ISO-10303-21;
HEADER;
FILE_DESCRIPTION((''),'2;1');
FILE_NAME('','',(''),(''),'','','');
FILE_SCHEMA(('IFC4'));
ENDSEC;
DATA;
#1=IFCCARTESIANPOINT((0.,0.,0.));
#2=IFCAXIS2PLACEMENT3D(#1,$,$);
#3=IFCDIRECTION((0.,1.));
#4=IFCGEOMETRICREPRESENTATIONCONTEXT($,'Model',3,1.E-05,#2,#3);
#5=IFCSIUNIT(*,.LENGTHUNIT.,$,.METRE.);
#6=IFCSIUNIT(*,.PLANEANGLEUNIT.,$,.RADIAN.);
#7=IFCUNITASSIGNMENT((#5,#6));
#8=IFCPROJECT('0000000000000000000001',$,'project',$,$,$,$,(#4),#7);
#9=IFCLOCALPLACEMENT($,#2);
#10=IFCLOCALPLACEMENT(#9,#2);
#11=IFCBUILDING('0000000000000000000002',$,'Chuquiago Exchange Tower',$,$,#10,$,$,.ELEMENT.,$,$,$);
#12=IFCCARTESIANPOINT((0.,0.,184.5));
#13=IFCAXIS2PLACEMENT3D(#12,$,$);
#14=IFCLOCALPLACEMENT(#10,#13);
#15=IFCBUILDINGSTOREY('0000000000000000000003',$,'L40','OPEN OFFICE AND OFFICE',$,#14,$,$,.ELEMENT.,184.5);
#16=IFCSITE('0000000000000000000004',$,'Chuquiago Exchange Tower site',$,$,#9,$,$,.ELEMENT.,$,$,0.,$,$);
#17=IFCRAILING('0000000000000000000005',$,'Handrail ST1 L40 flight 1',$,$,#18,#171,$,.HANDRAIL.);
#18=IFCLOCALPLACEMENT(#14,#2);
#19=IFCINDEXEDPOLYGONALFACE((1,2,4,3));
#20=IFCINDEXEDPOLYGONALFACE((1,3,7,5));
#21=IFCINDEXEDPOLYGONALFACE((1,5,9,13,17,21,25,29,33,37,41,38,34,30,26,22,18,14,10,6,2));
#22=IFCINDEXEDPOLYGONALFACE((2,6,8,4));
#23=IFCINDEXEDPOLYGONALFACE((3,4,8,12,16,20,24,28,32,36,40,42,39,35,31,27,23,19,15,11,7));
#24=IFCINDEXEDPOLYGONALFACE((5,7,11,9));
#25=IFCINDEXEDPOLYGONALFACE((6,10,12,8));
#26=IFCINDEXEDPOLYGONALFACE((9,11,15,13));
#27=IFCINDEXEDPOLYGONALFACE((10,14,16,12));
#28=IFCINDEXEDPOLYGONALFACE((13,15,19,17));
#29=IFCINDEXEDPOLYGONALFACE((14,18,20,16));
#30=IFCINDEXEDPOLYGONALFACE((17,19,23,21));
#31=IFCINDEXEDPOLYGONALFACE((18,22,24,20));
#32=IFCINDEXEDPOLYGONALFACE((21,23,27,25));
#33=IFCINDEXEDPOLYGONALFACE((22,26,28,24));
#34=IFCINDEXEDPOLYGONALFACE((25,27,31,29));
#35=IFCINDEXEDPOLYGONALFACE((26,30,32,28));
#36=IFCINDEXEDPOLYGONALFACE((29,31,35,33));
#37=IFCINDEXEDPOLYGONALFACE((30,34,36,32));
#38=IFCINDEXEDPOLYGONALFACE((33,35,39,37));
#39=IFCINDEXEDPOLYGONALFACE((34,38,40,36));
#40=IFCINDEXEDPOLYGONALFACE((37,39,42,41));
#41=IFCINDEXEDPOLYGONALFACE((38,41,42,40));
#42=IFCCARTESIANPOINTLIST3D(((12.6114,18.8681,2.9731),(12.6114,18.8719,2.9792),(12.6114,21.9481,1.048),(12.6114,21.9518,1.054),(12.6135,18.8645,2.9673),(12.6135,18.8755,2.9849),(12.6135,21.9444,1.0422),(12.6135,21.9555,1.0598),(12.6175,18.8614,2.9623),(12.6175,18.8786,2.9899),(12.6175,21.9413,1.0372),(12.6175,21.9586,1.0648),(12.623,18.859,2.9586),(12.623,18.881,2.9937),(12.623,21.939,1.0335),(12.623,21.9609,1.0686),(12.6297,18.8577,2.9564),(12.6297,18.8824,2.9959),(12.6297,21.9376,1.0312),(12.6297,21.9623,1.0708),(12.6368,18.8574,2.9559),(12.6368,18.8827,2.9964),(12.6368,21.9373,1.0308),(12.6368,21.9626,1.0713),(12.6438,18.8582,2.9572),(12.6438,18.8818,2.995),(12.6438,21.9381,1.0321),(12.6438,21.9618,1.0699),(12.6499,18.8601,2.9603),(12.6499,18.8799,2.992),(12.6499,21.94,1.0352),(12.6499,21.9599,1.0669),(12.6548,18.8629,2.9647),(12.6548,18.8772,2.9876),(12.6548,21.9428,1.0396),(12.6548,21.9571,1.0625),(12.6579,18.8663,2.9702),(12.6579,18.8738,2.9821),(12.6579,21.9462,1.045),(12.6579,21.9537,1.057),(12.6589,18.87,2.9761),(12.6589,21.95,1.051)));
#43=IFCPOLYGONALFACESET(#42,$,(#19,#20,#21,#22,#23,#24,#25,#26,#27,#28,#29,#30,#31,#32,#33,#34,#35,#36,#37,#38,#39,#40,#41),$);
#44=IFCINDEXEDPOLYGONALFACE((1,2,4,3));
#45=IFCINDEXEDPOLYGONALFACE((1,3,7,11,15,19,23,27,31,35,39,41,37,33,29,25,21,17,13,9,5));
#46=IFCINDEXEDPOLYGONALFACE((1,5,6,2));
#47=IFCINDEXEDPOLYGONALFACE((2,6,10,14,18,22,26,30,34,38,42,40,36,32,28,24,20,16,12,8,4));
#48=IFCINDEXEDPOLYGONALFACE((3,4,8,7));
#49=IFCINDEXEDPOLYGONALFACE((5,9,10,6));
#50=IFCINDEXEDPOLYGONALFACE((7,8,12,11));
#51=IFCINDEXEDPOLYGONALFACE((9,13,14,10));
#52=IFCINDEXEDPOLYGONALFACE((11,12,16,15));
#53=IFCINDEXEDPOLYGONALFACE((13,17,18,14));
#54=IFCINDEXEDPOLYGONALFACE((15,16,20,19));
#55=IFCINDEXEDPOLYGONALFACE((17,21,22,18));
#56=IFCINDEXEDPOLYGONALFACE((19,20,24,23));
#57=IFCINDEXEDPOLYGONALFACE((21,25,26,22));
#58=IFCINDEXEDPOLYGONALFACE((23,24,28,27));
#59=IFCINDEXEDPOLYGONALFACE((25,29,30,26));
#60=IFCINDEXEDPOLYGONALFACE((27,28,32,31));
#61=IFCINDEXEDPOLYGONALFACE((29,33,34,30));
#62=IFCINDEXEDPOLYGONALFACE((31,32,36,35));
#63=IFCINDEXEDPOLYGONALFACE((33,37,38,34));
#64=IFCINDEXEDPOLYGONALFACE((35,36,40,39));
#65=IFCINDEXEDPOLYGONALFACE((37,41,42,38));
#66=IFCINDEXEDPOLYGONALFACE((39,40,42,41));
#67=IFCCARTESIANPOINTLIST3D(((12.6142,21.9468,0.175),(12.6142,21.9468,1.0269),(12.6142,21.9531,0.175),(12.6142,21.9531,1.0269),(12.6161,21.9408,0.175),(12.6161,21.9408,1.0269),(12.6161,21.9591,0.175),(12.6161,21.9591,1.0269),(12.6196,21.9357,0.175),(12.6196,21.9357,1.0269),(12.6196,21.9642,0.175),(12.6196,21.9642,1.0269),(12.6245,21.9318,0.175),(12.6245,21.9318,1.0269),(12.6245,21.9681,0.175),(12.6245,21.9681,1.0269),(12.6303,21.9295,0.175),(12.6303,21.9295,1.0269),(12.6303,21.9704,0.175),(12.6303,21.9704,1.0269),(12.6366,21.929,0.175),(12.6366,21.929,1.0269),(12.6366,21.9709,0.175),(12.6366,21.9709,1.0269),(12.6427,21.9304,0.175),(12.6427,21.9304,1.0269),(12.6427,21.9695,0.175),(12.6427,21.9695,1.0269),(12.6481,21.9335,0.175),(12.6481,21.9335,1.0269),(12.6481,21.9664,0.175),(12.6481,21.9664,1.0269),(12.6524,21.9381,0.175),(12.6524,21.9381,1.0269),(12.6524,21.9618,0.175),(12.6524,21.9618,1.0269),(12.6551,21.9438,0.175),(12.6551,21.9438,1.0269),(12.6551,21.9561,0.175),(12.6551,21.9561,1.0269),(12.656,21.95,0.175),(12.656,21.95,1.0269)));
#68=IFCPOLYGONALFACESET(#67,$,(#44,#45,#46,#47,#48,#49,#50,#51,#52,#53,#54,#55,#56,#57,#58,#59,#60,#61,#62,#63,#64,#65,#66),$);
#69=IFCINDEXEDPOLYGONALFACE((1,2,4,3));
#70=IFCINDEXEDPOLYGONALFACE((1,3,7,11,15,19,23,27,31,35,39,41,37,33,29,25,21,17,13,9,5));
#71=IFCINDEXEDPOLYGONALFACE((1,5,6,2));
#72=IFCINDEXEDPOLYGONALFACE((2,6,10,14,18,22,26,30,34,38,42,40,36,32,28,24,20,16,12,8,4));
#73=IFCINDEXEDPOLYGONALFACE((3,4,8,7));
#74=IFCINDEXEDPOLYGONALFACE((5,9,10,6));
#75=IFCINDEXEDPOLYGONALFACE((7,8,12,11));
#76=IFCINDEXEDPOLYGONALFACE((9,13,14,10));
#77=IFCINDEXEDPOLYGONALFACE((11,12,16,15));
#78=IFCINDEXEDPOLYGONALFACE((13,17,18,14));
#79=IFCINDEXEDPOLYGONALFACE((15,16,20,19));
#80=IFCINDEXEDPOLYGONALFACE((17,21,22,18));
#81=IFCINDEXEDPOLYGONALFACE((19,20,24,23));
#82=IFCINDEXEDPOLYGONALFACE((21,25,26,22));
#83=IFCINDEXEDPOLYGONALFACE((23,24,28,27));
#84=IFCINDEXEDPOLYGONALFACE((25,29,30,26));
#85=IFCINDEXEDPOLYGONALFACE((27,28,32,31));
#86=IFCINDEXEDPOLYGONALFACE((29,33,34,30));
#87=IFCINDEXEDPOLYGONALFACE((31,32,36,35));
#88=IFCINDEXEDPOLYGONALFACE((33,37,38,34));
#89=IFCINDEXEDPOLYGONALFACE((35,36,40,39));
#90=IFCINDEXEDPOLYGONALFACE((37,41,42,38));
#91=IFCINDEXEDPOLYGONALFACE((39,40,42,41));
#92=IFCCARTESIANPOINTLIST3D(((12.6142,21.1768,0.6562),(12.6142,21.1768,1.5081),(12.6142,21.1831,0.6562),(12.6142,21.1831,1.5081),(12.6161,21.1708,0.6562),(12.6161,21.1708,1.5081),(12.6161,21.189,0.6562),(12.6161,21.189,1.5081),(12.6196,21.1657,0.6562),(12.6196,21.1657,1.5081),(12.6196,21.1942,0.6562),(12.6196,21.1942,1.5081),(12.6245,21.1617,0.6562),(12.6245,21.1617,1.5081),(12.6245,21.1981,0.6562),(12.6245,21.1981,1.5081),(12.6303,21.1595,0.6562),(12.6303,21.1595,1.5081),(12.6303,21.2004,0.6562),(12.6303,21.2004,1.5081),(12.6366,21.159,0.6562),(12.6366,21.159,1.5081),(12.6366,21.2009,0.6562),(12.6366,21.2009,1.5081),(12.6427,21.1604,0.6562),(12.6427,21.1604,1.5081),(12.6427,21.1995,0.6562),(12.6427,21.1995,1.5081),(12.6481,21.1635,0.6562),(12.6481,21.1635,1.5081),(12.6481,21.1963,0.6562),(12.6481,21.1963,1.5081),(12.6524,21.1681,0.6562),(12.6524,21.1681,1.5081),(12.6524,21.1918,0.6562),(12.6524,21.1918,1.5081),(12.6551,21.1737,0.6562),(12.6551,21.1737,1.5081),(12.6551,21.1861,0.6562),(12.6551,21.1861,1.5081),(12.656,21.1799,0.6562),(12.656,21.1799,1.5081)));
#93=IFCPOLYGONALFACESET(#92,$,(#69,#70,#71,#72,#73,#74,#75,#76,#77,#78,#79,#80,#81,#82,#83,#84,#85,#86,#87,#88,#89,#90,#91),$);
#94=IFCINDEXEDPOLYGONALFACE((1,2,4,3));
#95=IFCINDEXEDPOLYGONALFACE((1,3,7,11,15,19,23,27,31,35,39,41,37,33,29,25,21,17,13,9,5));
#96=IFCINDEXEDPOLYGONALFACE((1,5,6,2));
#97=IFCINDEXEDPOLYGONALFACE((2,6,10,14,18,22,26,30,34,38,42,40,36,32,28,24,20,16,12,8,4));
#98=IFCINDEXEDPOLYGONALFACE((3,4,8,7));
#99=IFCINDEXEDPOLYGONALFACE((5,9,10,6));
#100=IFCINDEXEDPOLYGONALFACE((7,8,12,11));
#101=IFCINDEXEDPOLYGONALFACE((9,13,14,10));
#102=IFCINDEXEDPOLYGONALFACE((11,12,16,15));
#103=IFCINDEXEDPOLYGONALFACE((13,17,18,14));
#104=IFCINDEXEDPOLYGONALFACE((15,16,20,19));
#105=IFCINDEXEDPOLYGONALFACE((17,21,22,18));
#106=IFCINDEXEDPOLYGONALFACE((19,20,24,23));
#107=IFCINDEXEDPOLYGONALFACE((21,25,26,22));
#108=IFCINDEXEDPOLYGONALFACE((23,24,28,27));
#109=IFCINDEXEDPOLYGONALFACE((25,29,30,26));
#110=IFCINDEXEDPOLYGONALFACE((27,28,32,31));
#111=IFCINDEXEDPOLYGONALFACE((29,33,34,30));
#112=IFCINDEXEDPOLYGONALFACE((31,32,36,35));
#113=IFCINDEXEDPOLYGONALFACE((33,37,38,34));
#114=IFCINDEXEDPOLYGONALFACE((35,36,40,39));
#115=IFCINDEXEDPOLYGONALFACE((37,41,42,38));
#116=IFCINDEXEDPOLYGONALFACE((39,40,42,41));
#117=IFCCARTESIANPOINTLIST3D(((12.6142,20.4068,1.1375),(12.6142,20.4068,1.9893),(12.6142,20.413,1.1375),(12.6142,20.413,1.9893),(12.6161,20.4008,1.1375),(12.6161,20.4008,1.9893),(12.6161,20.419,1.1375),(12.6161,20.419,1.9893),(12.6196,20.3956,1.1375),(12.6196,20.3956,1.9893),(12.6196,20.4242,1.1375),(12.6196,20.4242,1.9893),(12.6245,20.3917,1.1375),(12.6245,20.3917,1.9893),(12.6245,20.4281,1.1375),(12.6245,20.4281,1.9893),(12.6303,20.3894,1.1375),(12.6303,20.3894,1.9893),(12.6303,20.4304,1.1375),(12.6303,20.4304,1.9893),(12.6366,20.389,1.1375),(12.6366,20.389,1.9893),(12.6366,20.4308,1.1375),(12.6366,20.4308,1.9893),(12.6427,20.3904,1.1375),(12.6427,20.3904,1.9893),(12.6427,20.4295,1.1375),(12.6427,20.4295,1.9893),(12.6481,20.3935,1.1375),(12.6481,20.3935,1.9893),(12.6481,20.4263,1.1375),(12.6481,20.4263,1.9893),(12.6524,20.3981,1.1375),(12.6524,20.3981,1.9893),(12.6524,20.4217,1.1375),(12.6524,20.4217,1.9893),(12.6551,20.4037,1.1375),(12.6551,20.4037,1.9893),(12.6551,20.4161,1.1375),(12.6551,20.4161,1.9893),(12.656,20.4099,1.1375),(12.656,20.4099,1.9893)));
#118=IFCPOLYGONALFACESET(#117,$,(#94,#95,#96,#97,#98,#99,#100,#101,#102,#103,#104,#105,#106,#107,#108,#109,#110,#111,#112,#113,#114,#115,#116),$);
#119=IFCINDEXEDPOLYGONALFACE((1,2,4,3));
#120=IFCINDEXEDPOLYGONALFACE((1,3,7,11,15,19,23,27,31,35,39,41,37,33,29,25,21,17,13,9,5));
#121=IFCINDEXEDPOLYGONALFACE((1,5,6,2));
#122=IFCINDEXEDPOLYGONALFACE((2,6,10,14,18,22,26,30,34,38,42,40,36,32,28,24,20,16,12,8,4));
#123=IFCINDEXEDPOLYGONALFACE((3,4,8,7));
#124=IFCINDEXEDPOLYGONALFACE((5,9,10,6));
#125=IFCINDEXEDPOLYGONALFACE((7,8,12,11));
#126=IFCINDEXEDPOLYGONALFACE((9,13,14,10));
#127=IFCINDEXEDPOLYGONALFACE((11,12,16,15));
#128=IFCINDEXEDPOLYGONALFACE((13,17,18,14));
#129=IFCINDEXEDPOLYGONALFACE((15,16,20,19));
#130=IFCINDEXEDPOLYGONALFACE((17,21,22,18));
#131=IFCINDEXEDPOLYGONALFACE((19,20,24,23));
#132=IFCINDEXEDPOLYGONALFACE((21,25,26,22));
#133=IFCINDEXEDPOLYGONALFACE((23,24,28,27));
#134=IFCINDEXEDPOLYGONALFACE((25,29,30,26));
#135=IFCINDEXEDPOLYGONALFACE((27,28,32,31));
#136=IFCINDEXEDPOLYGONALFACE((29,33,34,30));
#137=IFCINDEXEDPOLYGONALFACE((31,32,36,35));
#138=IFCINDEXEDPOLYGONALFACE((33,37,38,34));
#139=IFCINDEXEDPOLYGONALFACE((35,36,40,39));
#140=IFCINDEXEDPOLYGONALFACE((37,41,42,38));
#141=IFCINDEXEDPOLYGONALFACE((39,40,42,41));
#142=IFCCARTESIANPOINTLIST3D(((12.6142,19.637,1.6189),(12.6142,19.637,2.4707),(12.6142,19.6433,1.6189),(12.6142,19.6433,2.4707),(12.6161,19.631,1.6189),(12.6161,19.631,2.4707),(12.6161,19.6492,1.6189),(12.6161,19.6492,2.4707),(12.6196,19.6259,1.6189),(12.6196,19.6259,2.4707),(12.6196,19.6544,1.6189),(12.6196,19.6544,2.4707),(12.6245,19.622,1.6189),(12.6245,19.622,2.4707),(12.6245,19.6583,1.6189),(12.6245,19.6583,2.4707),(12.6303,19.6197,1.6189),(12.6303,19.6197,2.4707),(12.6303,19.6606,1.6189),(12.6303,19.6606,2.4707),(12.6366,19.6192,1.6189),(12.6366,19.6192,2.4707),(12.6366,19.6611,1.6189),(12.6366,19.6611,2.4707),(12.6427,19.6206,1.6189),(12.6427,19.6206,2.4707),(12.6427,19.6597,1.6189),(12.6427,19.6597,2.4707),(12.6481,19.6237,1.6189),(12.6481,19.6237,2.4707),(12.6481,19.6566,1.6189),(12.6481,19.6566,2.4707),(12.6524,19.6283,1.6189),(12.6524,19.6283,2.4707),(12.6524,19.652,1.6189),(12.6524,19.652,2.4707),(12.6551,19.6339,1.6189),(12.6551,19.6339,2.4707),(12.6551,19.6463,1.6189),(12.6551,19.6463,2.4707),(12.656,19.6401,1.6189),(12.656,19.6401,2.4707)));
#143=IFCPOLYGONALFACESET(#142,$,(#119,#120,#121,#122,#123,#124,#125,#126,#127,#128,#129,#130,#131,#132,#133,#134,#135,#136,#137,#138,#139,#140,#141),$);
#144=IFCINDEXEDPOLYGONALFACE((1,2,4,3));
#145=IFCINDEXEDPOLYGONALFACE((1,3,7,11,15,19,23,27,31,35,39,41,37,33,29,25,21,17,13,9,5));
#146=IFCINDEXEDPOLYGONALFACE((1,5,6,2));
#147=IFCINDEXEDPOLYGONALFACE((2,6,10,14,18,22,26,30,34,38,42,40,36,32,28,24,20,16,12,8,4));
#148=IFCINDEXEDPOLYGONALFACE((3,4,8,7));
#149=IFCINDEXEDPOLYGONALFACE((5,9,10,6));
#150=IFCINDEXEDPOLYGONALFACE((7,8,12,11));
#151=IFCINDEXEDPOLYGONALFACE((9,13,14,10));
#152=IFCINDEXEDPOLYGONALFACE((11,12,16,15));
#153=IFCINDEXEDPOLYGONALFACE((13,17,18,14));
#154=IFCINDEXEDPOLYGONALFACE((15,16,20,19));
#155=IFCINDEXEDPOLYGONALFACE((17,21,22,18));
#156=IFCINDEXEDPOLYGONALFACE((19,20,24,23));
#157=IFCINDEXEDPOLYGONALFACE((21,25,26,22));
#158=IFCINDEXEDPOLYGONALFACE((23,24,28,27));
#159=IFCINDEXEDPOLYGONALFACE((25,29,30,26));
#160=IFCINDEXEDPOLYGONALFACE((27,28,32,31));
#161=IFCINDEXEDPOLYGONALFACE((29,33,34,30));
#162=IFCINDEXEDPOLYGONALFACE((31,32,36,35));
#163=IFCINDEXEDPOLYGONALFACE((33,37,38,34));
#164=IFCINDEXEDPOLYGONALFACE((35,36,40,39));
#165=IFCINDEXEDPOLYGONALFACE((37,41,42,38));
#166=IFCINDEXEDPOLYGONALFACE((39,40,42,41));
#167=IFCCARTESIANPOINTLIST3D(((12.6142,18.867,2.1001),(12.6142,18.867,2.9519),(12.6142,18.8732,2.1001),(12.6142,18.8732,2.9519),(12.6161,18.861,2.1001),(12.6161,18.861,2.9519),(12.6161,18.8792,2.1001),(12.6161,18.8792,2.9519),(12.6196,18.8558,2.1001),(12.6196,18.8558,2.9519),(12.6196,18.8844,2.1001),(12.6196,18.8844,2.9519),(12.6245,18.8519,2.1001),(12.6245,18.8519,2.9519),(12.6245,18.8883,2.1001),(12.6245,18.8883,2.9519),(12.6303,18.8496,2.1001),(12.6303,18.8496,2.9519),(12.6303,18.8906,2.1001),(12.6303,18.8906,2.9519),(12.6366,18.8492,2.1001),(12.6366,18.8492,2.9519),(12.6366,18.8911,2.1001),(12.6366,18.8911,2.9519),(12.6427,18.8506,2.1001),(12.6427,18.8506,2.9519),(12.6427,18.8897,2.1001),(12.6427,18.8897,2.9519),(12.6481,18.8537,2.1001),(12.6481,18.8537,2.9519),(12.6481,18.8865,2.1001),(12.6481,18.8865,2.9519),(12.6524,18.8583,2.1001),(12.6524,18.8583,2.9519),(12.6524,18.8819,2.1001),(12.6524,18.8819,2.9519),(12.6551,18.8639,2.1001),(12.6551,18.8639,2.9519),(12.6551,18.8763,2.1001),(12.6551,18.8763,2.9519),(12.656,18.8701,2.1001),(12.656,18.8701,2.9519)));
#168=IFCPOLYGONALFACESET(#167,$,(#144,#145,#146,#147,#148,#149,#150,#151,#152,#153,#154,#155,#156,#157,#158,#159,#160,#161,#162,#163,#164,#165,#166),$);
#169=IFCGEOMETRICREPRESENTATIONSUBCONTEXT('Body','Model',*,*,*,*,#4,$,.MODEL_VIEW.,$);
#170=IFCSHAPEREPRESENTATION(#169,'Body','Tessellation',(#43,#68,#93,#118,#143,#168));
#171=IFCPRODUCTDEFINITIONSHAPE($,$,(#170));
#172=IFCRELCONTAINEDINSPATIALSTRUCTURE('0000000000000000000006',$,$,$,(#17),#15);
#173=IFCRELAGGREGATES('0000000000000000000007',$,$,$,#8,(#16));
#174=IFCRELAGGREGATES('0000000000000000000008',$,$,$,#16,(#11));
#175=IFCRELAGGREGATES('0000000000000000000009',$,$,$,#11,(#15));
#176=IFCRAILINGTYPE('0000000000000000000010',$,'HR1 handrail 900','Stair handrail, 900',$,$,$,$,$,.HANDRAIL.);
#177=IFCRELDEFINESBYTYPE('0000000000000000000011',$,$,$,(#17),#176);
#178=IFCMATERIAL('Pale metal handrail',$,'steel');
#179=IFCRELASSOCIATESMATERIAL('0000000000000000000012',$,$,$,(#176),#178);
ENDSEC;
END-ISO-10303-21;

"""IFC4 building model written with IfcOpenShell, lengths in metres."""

from ifc_helpers import new_model, si_unit, direction, frame, origin, origin_2d, place, context, subcontext, project, spatial, circle, extrude, material, type_object, element, save


model = new_model("IFC4")

# Units and contexts
model_context = context("Model", 3, precision=1e-05, world=origin(), true_north=direction((0.0, 1.0)))
body_context = subcontext(model_context, "Body", "Model", "MODEL_VIEW")
ifc_project = project(units=[si_unit("LENGTHUNIT", "METRE"), si_unit("PLANEANGLEUNIT", "RADIAN")], contexts=[model_context])

# Site, building, storey
site_placement = place(None, origin())
site = spatial("IfcSite", under=ifc_project, at=site_placement, Name="Chuquiago Exchange Tower site", CompositionType="ELEMENT", RefElevation=0.0)
building_placement = place(site_placement, origin())
building = spatial("IfcBuilding", under=site, at=building_placement, Name="Chuquiago Exchange Tower", CompositionType="ELEMENT")
storey_placement = place(building_placement, frame((0.0, 0.0, 184.5)))
storey = spatial("IfcBuildingStorey", under=building, at=storey_placement, Name="L40", Description="OPEN OFFICE AND OFFICE", CompositionType="ELEMENT", Elevation=184.5)

# Railing
ifc_material_1 = material(Name="Pale metal handrail", Category="steel")
railing_type_1 = type_object("IfcRailingType", Name="HR1 handrail 900", Description="Stair handrail, 900", PredefinedType="HANDRAIL", material=ifc_material_1)
for number, where, name in (
    (1, (12.635, 21.95, 0.175), "Handrail ST1 L40 flight 1"),
):
    element("IfcRailing", number, at=place(storey_placement, frame(where)), inside=storey, type_object=railing_type_1, Name=name, PredefinedType="HANDRAIL", context=body_context, shape_type="SweptSolid", body=[
        extrude(circle(Radius=0.0239, at=origin_2d()), frame((0.0, 0.0, 0.876), z_axis=(0.0, -0.847979, 0.530029), x_axis=(1.0, 0.0, 0.0)), (0.0, 0.0, 1.0), 3.6321),
        extrude(circle(Radius=0.021, at=origin_2d()), origin(), (0.0, 0.0, 1.0), 0.8518),
        extrude(circle(Radius=0.021, at=origin_2d()), frame((0.0, -0.77, 0.4812)), (0.0, 0.0, 1.0), 0.8518),
        extrude(circle(Radius=0.021, at=origin_2d()), frame((0.0, -1.54, 0.9624)), (0.0, 0.0, 1.0), 0.8518),
        extrude(circle(Radius=0.021, at=origin_2d()), frame((0.0, -2.3098, 1.4438)), (0.0, 0.0, 1.0), 0.8518),
        extrude(circle(Radius=0.021, at=origin_2d()), frame((0.0, -3.0798, 1.925)), (0.0, 0.0, 1.0), 0.8518),
    ])

save(model, "model.ifc")
